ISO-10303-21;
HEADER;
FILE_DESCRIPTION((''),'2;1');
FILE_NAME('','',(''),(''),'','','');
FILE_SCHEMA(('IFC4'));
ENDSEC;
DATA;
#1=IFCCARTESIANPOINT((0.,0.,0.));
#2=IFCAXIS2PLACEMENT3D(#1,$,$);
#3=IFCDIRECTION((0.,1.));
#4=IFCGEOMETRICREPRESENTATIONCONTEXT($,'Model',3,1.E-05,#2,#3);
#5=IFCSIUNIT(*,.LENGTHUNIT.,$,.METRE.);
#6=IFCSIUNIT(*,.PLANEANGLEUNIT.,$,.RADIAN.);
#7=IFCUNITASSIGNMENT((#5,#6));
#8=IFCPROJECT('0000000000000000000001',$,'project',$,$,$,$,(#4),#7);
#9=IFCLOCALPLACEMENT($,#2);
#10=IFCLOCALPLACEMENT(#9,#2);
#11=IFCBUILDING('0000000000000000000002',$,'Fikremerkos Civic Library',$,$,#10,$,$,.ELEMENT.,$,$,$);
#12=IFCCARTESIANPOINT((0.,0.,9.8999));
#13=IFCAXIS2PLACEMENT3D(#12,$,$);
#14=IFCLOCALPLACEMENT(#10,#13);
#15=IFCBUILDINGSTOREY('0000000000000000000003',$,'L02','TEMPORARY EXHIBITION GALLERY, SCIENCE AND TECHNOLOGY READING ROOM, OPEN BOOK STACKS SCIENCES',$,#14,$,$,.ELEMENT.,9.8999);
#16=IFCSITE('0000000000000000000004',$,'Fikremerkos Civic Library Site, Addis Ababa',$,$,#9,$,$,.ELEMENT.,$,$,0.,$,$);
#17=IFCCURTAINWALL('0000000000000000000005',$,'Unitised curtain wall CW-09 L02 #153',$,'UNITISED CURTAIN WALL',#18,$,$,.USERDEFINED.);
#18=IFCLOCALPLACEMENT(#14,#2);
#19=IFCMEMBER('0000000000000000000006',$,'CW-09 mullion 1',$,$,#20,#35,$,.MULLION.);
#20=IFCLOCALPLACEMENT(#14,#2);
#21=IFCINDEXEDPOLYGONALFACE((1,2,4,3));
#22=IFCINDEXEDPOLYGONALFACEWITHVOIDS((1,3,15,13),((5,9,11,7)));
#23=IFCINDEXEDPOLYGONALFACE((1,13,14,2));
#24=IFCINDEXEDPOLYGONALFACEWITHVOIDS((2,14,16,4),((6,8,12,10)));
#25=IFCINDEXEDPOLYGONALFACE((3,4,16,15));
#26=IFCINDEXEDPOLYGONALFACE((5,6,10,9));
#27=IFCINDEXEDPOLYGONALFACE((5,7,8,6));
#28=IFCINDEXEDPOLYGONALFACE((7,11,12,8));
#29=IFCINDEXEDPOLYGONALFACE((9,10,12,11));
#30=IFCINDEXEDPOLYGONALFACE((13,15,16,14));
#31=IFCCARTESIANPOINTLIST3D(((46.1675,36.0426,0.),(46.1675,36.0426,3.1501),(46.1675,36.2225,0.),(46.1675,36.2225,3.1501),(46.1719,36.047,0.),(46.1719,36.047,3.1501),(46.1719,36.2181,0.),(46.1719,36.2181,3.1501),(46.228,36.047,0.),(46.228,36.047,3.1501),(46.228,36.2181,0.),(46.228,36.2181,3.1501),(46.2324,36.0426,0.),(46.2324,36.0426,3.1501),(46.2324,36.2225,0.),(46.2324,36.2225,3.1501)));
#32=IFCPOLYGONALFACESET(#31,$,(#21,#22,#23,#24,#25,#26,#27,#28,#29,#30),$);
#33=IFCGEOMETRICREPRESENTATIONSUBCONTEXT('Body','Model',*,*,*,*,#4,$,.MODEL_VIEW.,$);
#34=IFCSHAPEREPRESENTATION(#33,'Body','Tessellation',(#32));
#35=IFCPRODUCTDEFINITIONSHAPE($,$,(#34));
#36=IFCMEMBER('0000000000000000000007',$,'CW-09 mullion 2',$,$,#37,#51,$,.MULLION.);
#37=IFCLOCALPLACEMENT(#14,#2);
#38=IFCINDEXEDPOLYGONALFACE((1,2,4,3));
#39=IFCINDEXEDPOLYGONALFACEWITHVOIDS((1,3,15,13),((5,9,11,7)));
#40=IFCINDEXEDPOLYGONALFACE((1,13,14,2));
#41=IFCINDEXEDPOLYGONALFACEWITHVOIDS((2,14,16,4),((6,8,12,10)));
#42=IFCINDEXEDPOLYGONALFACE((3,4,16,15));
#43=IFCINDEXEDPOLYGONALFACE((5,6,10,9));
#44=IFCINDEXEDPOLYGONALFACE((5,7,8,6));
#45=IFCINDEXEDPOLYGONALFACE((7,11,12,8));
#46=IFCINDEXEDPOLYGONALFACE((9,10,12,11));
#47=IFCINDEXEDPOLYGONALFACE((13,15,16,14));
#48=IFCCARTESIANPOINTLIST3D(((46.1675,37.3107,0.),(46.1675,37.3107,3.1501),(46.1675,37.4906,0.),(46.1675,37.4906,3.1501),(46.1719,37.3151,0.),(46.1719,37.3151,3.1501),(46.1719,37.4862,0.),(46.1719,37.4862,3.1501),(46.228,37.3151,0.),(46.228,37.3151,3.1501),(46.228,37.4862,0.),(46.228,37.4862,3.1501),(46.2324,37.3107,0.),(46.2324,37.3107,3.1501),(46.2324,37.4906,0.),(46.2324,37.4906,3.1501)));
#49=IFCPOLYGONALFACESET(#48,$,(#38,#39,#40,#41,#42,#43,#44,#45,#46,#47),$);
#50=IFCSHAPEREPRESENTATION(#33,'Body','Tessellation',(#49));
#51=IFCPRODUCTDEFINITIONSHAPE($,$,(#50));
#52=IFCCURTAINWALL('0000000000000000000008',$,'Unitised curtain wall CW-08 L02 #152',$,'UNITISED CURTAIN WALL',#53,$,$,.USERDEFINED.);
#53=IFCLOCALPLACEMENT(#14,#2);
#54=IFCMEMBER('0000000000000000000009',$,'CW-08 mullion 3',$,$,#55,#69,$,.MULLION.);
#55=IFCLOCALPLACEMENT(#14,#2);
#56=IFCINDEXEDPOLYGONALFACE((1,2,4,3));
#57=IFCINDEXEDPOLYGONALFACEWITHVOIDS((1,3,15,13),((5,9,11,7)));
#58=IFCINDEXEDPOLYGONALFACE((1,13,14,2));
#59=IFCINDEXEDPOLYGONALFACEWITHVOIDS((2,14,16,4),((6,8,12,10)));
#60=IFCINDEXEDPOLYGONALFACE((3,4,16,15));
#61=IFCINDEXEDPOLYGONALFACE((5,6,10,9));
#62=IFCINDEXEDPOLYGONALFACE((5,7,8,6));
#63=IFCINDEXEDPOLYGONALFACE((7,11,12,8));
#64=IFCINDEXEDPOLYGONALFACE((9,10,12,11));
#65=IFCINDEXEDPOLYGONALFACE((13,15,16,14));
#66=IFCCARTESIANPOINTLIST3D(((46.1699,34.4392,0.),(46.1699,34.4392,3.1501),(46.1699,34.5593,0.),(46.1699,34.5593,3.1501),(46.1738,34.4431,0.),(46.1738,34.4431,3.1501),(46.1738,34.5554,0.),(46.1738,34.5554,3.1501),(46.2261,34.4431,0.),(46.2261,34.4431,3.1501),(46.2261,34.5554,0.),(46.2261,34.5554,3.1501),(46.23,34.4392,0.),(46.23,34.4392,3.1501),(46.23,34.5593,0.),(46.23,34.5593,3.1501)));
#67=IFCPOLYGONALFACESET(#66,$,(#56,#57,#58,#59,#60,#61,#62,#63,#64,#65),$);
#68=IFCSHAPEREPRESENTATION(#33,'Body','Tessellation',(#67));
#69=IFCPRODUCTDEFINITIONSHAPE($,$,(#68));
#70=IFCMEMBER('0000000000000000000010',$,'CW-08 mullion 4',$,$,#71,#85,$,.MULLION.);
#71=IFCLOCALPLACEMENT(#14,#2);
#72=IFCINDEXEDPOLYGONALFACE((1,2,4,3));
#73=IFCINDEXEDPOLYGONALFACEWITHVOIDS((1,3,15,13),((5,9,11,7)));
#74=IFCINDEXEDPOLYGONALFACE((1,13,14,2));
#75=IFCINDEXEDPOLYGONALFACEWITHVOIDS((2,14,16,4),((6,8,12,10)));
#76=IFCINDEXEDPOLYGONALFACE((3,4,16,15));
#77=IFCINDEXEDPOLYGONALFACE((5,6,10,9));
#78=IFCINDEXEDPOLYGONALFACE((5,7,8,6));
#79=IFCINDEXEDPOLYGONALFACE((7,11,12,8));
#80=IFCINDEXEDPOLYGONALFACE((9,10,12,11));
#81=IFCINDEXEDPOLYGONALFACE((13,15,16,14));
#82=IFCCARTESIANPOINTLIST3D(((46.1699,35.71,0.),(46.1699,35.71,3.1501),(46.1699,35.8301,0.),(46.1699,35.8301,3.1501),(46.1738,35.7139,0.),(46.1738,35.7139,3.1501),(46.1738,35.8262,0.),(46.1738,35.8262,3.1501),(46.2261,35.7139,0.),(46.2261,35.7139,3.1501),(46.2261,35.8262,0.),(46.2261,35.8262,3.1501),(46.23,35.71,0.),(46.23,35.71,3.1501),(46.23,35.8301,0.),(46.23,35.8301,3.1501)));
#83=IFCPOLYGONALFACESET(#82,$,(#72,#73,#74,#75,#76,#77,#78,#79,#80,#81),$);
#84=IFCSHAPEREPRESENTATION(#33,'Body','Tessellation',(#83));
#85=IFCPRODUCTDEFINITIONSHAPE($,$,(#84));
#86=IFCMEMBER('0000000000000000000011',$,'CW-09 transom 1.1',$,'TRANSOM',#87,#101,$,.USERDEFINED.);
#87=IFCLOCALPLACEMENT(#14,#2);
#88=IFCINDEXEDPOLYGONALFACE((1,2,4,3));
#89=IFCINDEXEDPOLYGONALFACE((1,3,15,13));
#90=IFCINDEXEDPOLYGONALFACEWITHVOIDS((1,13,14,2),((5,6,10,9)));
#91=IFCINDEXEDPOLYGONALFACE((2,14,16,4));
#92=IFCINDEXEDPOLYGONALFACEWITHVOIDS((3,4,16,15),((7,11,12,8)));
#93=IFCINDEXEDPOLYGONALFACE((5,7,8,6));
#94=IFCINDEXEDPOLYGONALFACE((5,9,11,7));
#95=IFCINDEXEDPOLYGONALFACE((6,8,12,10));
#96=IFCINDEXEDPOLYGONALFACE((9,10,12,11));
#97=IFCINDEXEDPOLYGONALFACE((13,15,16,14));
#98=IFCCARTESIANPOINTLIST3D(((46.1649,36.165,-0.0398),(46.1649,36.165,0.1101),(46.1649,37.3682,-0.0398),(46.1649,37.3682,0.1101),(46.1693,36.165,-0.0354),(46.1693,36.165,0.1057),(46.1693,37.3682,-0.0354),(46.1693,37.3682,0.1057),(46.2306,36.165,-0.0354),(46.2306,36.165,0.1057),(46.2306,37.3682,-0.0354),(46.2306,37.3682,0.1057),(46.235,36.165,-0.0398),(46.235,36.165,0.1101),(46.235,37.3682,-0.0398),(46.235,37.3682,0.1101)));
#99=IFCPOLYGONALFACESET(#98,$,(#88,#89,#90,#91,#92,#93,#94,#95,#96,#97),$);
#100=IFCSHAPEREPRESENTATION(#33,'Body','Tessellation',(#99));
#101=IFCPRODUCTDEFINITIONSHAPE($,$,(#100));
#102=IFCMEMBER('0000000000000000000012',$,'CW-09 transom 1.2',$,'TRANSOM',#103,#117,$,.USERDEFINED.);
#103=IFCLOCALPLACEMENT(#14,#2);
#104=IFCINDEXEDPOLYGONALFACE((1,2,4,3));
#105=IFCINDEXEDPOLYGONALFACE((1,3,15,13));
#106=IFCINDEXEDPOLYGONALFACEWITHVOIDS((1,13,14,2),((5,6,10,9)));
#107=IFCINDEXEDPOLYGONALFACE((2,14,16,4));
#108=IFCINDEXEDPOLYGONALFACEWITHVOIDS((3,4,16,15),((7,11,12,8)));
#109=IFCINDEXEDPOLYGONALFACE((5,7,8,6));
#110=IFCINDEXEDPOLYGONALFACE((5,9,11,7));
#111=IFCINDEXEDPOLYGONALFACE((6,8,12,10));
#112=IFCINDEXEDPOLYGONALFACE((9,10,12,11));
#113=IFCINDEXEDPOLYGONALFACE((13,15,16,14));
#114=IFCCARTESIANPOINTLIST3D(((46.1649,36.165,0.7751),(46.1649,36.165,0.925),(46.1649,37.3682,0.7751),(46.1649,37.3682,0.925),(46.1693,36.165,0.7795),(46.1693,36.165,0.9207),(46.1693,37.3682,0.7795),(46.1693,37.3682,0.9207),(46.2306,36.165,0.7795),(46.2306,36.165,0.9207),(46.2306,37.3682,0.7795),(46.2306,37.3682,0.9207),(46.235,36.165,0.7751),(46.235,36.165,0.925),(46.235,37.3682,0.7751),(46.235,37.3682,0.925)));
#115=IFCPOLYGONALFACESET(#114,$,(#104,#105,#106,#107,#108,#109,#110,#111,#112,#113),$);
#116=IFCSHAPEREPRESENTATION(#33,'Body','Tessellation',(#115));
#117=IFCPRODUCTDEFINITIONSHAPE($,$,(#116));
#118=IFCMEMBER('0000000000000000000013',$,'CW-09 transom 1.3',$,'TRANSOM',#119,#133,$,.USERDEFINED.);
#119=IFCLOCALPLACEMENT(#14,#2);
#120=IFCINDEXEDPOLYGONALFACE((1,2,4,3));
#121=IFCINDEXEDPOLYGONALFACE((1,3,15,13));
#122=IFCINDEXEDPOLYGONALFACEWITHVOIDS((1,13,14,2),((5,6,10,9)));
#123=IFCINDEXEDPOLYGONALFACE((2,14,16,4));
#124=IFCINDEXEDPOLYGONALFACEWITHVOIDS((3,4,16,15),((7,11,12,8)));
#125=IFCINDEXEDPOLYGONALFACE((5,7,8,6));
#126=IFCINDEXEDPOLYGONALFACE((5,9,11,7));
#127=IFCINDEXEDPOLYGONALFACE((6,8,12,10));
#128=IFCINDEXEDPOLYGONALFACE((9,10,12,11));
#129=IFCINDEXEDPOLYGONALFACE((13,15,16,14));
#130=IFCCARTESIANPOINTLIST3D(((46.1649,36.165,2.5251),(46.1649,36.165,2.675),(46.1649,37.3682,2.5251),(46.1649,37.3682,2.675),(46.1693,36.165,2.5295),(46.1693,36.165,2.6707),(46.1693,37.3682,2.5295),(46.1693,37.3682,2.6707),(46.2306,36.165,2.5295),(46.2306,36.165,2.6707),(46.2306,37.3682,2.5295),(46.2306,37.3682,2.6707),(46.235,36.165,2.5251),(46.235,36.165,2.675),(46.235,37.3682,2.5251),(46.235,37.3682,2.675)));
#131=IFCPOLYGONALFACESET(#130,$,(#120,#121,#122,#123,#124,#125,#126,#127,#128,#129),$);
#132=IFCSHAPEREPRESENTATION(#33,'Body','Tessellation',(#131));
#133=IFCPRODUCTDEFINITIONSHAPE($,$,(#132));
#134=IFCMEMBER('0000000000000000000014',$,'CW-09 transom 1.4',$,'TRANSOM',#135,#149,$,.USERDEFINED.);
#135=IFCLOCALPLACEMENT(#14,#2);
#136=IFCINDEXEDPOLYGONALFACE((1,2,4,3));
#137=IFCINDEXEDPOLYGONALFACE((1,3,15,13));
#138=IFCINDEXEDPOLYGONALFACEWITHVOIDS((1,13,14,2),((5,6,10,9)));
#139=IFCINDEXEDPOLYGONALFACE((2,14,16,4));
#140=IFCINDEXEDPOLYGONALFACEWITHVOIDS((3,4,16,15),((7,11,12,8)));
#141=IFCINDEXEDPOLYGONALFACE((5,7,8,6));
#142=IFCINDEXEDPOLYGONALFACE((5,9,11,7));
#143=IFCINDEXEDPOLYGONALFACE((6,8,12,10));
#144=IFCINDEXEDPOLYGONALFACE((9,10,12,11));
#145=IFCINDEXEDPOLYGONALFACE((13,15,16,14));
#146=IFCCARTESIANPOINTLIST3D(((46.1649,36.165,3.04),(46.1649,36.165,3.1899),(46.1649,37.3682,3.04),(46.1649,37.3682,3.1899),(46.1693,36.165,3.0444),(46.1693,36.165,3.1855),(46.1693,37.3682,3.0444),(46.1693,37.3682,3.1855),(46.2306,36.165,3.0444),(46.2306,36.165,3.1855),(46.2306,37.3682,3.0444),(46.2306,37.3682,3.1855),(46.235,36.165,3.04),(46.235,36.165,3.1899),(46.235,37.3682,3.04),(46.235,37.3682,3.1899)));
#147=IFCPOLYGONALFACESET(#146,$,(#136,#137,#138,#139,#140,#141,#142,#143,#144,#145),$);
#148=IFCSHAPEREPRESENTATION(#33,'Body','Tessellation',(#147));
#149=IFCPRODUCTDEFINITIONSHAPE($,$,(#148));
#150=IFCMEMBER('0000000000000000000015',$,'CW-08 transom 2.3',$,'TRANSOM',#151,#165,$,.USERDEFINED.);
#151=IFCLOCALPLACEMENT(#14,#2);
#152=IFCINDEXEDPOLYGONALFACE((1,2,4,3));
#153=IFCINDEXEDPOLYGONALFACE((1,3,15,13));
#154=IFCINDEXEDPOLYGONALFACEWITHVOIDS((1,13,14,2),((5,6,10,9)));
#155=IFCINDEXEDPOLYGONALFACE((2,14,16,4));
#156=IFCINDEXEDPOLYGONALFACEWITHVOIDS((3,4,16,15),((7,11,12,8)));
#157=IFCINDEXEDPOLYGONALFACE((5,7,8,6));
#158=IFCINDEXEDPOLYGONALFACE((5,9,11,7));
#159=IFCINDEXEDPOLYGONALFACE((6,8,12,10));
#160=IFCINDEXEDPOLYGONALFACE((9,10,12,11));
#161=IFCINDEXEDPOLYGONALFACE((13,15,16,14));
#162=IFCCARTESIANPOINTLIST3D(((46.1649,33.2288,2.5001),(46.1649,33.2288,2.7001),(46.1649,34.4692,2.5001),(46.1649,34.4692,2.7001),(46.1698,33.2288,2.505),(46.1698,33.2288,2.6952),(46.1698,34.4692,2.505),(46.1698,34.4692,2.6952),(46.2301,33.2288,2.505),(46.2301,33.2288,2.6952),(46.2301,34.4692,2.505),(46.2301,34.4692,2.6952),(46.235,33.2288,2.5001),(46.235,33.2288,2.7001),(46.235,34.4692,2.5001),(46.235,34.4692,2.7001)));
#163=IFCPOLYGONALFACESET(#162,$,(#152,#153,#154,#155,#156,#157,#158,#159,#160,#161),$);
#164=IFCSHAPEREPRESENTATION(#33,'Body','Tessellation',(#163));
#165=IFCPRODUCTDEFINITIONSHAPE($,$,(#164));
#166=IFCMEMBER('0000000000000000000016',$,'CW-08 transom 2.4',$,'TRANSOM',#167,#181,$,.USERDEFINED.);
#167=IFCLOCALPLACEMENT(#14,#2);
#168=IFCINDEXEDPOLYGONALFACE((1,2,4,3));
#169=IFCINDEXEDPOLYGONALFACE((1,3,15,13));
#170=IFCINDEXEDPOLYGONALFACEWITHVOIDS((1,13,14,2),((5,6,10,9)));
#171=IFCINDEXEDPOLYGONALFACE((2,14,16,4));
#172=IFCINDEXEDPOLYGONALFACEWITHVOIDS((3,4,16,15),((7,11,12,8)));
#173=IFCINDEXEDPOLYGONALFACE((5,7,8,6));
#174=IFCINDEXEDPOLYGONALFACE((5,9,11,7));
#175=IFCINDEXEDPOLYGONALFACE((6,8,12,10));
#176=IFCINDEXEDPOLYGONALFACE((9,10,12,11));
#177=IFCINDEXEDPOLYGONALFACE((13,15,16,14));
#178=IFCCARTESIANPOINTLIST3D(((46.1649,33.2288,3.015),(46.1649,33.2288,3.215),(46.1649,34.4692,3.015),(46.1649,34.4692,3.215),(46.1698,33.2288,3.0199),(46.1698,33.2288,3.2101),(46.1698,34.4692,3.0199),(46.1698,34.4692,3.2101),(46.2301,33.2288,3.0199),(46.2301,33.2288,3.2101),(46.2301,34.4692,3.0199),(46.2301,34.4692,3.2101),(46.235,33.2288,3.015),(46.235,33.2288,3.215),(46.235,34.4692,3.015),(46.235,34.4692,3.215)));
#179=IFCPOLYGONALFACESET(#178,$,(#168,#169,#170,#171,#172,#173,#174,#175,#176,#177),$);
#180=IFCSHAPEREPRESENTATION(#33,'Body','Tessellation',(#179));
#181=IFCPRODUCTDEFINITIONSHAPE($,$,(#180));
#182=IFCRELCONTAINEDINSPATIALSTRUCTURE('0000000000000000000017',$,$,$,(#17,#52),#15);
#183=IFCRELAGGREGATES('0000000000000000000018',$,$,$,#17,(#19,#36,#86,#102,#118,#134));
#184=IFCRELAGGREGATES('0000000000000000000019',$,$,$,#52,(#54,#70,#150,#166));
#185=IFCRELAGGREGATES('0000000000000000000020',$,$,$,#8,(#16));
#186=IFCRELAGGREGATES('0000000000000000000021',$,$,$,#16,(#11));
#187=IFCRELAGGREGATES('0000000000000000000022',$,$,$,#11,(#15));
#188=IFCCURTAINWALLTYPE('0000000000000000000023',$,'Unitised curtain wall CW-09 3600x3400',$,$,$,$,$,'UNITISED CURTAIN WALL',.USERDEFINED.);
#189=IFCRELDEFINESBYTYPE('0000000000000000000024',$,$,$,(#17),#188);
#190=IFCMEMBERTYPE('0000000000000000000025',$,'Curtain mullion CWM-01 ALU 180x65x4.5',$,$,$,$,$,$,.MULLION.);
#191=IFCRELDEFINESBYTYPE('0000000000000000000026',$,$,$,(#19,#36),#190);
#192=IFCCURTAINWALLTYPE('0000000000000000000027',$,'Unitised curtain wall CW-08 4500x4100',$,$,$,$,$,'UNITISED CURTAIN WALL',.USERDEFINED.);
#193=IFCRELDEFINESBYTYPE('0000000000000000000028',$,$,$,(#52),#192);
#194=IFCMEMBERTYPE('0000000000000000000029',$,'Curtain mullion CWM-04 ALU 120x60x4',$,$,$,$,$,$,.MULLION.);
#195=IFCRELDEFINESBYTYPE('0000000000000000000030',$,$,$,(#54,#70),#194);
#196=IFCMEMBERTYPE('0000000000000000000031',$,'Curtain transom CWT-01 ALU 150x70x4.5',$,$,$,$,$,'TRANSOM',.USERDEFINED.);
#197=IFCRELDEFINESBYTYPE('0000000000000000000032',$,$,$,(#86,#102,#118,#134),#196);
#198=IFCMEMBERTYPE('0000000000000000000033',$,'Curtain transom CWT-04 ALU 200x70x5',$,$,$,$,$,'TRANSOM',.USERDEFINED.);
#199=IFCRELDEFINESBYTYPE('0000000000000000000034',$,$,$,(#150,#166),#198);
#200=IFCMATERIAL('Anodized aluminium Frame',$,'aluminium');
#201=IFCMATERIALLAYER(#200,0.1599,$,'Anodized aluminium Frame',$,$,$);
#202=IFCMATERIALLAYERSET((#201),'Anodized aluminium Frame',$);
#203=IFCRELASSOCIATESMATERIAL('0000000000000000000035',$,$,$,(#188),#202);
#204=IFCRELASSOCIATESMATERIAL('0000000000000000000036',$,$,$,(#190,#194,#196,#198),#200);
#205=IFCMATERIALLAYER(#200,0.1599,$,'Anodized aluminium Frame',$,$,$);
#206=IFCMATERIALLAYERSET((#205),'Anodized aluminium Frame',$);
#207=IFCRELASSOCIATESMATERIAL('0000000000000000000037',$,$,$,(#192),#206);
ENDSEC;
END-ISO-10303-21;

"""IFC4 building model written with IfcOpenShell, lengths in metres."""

from ifc_helpers import new_model, si_unit, direction, frame, origin, origin_2d, place, context, subcontext, project, spatial, hollow_rectangle, extrude, material, layer, layer_set, material_profile, profile_set, type_object, element, aggregate, save


model = new_model("IFC4")

# Units and contexts
model_context = context("Model", 3, precision=1e-05, world=origin(), true_north=direction((0.0, 1.0)))
body_context = subcontext(model_context, "Body", "Model", "MODEL_VIEW")
ifc_project = project(units=[si_unit("LENGTHUNIT", "METRE"), si_unit("PLANEANGLEUNIT", "RADIAN")], contexts=[model_context])

# Site, building, storey
site_placement = place(None, origin())
site = spatial("IfcSite", under=ifc_project, at=site_placement, Name="Fikremerkos Civic Library Site, Addis Ababa", CompositionType="ELEMENT", RefElevation=0.0)
building_placement = place(site_placement, origin())
building = spatial("IfcBuilding", under=site, at=building_placement, Name="Fikremerkos Civic Library", CompositionType="ELEMENT")
storey_placement = place(building_placement, frame((0.0, 0.0, 9.8999)))
storey = spatial("IfcBuildingStorey", under=building, at=storey_placement, Name="L02", Description="TEMPORARY EXHIBITION GALLERY, SCIENCE AND TECHNOLOGY READING ROOM, OPEN BOOK STACKS SCIENCES", CompositionType="ELEMENT", Elevation=9.8999)

# Curtain walls, members
ifc_material_1 = material(Name="Anodized aluminium Frame", Category="aluminium")
ifc_layer_1 = layer(ifc_material_1, 0.1599, Name="Anodized aluminium Frame")
ifc_layer_set_1 = layer_set([ifc_layer_1], Name="Anodized aluminium Frame")
curtain_wall_type_1 = type_object("IfcCurtainWallType", Name="Unitised curtain wall CW-09 3600x3400", ElementType="UNITISED CURTAIN WALL", PredefinedType="USERDEFINED", material=ifc_layer_set_1)
curtain_wall_1_placement = place(storey_placement, origin())
curtain_wall_1 = element("IfcCurtainWall", 1, at=curtain_wall_1_placement, inside=storey, type_object=curtain_wall_type_1, Name="Unitised curtain wall CW-09 L02 #153", ObjectType="UNITISED CURTAIN WALL", PredefinedType="USERDEFINED")
ifc_material_profile_1 = material_profile(ifc_material_1, hollow_rectangle(XDim=0.0649, YDim=0.1799, WallThickness=0.0044, at=origin_2d()), Name="ALU 180x65x4.5")
ifc_profile_set_1 = profile_set([ifc_material_profile_1], Name="Anodized aluminium Frame")
member_type_1 = type_object("IfcMemberType", Name="Curtain mullion CWM-01 ALU 180x65x4.5", PredefinedType="MULLION", material=ifc_profile_set_1)
member_1_placement = place(storey_placement, frame((46.2, 36.1326, 0.0), z_axis=(0.0, 0.0, 1.0), x_axis=(-1.0, 0.0, 0.0)))
member_1 = element("IfcMember", 2, at=member_1_placement, type_object=member_type_1, Name="CW-09 mullion 1", PredefinedType="MULLION", context=body_context, shape_type="SweptSolid", body=[
    extrude(hollow_rectangle(XDim=0.0649, YDim=0.1799, WallThickness=0.0044, at=origin_2d()), origin(), (0.0, 0.0, 1.0), 3.1501),
])
member_2_placement = place(storey_placement, frame((46.2, 37.4006, 0.0), z_axis=(0.0, 0.0, 1.0), x_axis=(-1.0, 0.0, 0.0)))
member_2 = element("IfcMember", 3, at=member_2_placement, type_object=member_type_1, Name="CW-09 mullion 2", PredefinedType="MULLION", context=body_context, shape_type="SweptSolid", body=[
    extrude(hollow_rectangle(XDim=0.0649, YDim=0.1799, WallThickness=0.0044, at=origin_2d()), origin(), (0.0, 0.0, 1.0), 3.1501),
])
ifc_layer_2 = layer(ifc_material_1, 0.1599, Name="Anodized aluminium Frame")
ifc_layer_set_2 = layer_set([ifc_layer_2], Name="Anodized aluminium Frame")
curtain_wall_type_2 = type_object("IfcCurtainWallType", Name="Unitised curtain wall CW-08 4500x4100", ElementType="UNITISED CURTAIN WALL", PredefinedType="USERDEFINED", material=ifc_layer_set_2)
curtain_wall_2_placement = place(storey_placement, origin())
curtain_wall_2 = element("IfcCurtainWall", 4, at=curtain_wall_2_placement, inside=storey, type_object=curtain_wall_type_2, Name="Unitised curtain wall CW-08 L02 #152", ObjectType="UNITISED CURTAIN WALL", PredefinedType="USERDEFINED")
ifc_material_profile_2 = material_profile(ifc_material_1, hollow_rectangle(XDim=0.0601, YDim=0.1201, WallThickness=0.0039, at=origin_2d()), Name="ALU 120x60x4")
ifc_profile_set_2 = profile_set([ifc_material_profile_2], Name="Anodized aluminium Frame")
member_type_2 = type_object("IfcMemberType", Name="Curtain mullion CWM-04 ALU 120x60x4", PredefinedType="MULLION", material=ifc_profile_set_2)
member_3_placement = place(storey_placement, frame((46.2, 34.4993, 0.0), z_axis=(0.0, 0.0, 1.0), x_axis=(-1.0, 0.0, 0.0)))
member_3 = element("IfcMember", 5, at=member_3_placement, type_object=member_type_2, Name="CW-08 mullion 3", PredefinedType="MULLION", context=body_context, shape_type="SweptSolid", body=[
    extrude(hollow_rectangle(XDim=0.0601, YDim=0.1201, WallThickness=0.0039, at=origin_2d()), origin(), (0.0, 0.0, 1.0), 3.1501),
])
member_4_placement = place(storey_placement, frame((46.2, 35.77, 0.0), z_axis=(0.0, 0.0, 1.0), x_axis=(-1.0, 0.0, 0.0)))
member_4 = element("IfcMember", 6, at=member_4_placement, type_object=member_type_2, Name="CW-08 mullion 4", PredefinedType="MULLION", context=body_context, shape_type="SweptSolid", body=[
    extrude(hollow_rectangle(XDim=0.0601, YDim=0.1201, WallThickness=0.0039, at=origin_2d()), origin(), (0.0, 0.0, 1.0), 3.1501),
])

# Members
ifc_material_profile_3 = material_profile(ifc_material_1, hollow_rectangle(XDim=0.0701, YDim=0.1499, WallThickness=0.0044, at=origin_2d()), Name="ALU 150x70x4.5")
ifc_profile_set_3 = profile_set([ifc_material_profile_3], Name="Anodized aluminium Frame")
member_type_3 = type_object("IfcMemberType", Name="Curtain transom CWT-01 ALU 150x70x4.5", ElementType="TRANSOM", PredefinedType="USERDEFINED", material=ifc_profile_set_3)
member_5_placement = place(storey_placement, frame((46.2, 36.165, 0.0352), z_axis=(0.0, 1.0, 0.0), x_axis=(-1.0, 0.0, 0.0)))
member_5 = element("IfcMember", 7, at=member_5_placement, type_object=member_type_3, Name="CW-09 transom 1.1", ObjectType="TRANSOM", PredefinedType="USERDEFINED", context=body_context, shape_type="SweptSolid", body=[
    extrude(hollow_rectangle(XDim=0.0701, YDim=0.1499, WallThickness=0.0044, at=origin_2d()), origin(), (0.0, 0.0, 1.0), 1.2031),
])
member_6_placement = place(storey_placement, frame((46.2, 36.165, 0.8501), z_axis=(0.0, 1.0, 0.0), x_axis=(-1.0, 0.0, 0.0)))
member_6 = element("IfcMember", 8, at=member_6_placement, type_object=member_type_3, Name="CW-09 transom 1.2", ObjectType="TRANSOM", PredefinedType="USERDEFINED", context=body_context, shape_type="SweptSolid", body=[
    extrude(hollow_rectangle(XDim=0.0701, YDim=0.1499, WallThickness=0.0044, at=origin_2d()), origin(), (0.0, 0.0, 1.0), 1.2031),
])
member_7_placement = place(storey_placement, frame((46.2, 36.165, 2.6001), z_axis=(0.0, 1.0, 0.0), x_axis=(-1.0, 0.0, 0.0)))
member_7 = element("IfcMember", 9, at=member_7_placement, type_object=member_type_3, Name="CW-09 transom 1.3", ObjectType="TRANSOM", PredefinedType="USERDEFINED", context=body_context, shape_type="SweptSolid", body=[
    extrude(hollow_rectangle(XDim=0.0701, YDim=0.1499, WallThickness=0.0044, at=origin_2d()), origin(), (0.0, 0.0, 1.0), 1.2031),
])
member_8_placement = place(storey_placement, frame((46.2, 36.165, 3.115), z_axis=(0.0, 1.0, 0.0), x_axis=(-1.0, 0.0, 0.0)))
member_8 = element("IfcMember", 10, at=member_8_placement, type_object=member_type_3, Name="CW-09 transom 1.4", ObjectType="TRANSOM", PredefinedType="USERDEFINED", context=body_context, shape_type="SweptSolid", body=[
    extrude(hollow_rectangle(XDim=0.0701, YDim=0.1499, WallThickness=0.0044, at=origin_2d()), origin(), (0.0, 0.0, 1.0), 1.2031),
])
ifc_material_profile_4 = material_profile(ifc_material_1, hollow_rectangle(XDim=0.0701, YDim=0.2, WallThickness=0.0049, at=origin_2d()), Name="ALU 200x70x5")
ifc_profile_set_4 = profile_set([ifc_material_profile_4], Name="Anodized aluminium Frame")
member_type_4 = type_object("IfcMemberType", Name="Curtain transom CWT-04 ALU 200x70x5", ElementType="TRANSOM", PredefinedType="USERDEFINED", material=ifc_profile_set_4)
member_9_placement = place(storey_placement, frame((46.2, 33.2288, 2.6001), z_axis=(0.0, 1.0, 0.0), x_axis=(-1.0, 0.0, 0.0)))
member_9 = element("IfcMember", 11, at=member_9_placement, type_object=member_type_4, Name="CW-08 transom 2.3", ObjectType="TRANSOM", PredefinedType="USERDEFINED", context=body_context, shape_type="SweptSolid", body=[
    extrude(hollow_rectangle(XDim=0.0701, YDim=0.2, WallThickness=0.0049, at=origin_2d()), origin(), (0.0, 0.0, 1.0), 1.2405),
])
member_10_placement = place(storey_placement, frame((46.2, 33.2288, 3.115), z_axis=(0.0, 1.0, 0.0), x_axis=(-1.0, 0.0, 0.0)))
member_10 = element("IfcMember", 12, at=member_10_placement, type_object=member_type_4, Name="CW-08 transom 2.4", ObjectType="TRANSOM", PredefinedType="USERDEFINED", context=body_context, shape_type="SweptSolid", body=[
    extrude(hollow_rectangle(XDim=0.0701, YDim=0.2, WallThickness=0.0049, at=origin_2d()), origin(), (0.0, 0.0, 1.0), 1.2405),
])

aggregate(curtain_wall_1, [member_1, member_2, member_5, member_6, member_7, member_8])
aggregate(curtain_wall_2, [member_3, member_4, member_9, member_10])

save(model, "model.ifc")
